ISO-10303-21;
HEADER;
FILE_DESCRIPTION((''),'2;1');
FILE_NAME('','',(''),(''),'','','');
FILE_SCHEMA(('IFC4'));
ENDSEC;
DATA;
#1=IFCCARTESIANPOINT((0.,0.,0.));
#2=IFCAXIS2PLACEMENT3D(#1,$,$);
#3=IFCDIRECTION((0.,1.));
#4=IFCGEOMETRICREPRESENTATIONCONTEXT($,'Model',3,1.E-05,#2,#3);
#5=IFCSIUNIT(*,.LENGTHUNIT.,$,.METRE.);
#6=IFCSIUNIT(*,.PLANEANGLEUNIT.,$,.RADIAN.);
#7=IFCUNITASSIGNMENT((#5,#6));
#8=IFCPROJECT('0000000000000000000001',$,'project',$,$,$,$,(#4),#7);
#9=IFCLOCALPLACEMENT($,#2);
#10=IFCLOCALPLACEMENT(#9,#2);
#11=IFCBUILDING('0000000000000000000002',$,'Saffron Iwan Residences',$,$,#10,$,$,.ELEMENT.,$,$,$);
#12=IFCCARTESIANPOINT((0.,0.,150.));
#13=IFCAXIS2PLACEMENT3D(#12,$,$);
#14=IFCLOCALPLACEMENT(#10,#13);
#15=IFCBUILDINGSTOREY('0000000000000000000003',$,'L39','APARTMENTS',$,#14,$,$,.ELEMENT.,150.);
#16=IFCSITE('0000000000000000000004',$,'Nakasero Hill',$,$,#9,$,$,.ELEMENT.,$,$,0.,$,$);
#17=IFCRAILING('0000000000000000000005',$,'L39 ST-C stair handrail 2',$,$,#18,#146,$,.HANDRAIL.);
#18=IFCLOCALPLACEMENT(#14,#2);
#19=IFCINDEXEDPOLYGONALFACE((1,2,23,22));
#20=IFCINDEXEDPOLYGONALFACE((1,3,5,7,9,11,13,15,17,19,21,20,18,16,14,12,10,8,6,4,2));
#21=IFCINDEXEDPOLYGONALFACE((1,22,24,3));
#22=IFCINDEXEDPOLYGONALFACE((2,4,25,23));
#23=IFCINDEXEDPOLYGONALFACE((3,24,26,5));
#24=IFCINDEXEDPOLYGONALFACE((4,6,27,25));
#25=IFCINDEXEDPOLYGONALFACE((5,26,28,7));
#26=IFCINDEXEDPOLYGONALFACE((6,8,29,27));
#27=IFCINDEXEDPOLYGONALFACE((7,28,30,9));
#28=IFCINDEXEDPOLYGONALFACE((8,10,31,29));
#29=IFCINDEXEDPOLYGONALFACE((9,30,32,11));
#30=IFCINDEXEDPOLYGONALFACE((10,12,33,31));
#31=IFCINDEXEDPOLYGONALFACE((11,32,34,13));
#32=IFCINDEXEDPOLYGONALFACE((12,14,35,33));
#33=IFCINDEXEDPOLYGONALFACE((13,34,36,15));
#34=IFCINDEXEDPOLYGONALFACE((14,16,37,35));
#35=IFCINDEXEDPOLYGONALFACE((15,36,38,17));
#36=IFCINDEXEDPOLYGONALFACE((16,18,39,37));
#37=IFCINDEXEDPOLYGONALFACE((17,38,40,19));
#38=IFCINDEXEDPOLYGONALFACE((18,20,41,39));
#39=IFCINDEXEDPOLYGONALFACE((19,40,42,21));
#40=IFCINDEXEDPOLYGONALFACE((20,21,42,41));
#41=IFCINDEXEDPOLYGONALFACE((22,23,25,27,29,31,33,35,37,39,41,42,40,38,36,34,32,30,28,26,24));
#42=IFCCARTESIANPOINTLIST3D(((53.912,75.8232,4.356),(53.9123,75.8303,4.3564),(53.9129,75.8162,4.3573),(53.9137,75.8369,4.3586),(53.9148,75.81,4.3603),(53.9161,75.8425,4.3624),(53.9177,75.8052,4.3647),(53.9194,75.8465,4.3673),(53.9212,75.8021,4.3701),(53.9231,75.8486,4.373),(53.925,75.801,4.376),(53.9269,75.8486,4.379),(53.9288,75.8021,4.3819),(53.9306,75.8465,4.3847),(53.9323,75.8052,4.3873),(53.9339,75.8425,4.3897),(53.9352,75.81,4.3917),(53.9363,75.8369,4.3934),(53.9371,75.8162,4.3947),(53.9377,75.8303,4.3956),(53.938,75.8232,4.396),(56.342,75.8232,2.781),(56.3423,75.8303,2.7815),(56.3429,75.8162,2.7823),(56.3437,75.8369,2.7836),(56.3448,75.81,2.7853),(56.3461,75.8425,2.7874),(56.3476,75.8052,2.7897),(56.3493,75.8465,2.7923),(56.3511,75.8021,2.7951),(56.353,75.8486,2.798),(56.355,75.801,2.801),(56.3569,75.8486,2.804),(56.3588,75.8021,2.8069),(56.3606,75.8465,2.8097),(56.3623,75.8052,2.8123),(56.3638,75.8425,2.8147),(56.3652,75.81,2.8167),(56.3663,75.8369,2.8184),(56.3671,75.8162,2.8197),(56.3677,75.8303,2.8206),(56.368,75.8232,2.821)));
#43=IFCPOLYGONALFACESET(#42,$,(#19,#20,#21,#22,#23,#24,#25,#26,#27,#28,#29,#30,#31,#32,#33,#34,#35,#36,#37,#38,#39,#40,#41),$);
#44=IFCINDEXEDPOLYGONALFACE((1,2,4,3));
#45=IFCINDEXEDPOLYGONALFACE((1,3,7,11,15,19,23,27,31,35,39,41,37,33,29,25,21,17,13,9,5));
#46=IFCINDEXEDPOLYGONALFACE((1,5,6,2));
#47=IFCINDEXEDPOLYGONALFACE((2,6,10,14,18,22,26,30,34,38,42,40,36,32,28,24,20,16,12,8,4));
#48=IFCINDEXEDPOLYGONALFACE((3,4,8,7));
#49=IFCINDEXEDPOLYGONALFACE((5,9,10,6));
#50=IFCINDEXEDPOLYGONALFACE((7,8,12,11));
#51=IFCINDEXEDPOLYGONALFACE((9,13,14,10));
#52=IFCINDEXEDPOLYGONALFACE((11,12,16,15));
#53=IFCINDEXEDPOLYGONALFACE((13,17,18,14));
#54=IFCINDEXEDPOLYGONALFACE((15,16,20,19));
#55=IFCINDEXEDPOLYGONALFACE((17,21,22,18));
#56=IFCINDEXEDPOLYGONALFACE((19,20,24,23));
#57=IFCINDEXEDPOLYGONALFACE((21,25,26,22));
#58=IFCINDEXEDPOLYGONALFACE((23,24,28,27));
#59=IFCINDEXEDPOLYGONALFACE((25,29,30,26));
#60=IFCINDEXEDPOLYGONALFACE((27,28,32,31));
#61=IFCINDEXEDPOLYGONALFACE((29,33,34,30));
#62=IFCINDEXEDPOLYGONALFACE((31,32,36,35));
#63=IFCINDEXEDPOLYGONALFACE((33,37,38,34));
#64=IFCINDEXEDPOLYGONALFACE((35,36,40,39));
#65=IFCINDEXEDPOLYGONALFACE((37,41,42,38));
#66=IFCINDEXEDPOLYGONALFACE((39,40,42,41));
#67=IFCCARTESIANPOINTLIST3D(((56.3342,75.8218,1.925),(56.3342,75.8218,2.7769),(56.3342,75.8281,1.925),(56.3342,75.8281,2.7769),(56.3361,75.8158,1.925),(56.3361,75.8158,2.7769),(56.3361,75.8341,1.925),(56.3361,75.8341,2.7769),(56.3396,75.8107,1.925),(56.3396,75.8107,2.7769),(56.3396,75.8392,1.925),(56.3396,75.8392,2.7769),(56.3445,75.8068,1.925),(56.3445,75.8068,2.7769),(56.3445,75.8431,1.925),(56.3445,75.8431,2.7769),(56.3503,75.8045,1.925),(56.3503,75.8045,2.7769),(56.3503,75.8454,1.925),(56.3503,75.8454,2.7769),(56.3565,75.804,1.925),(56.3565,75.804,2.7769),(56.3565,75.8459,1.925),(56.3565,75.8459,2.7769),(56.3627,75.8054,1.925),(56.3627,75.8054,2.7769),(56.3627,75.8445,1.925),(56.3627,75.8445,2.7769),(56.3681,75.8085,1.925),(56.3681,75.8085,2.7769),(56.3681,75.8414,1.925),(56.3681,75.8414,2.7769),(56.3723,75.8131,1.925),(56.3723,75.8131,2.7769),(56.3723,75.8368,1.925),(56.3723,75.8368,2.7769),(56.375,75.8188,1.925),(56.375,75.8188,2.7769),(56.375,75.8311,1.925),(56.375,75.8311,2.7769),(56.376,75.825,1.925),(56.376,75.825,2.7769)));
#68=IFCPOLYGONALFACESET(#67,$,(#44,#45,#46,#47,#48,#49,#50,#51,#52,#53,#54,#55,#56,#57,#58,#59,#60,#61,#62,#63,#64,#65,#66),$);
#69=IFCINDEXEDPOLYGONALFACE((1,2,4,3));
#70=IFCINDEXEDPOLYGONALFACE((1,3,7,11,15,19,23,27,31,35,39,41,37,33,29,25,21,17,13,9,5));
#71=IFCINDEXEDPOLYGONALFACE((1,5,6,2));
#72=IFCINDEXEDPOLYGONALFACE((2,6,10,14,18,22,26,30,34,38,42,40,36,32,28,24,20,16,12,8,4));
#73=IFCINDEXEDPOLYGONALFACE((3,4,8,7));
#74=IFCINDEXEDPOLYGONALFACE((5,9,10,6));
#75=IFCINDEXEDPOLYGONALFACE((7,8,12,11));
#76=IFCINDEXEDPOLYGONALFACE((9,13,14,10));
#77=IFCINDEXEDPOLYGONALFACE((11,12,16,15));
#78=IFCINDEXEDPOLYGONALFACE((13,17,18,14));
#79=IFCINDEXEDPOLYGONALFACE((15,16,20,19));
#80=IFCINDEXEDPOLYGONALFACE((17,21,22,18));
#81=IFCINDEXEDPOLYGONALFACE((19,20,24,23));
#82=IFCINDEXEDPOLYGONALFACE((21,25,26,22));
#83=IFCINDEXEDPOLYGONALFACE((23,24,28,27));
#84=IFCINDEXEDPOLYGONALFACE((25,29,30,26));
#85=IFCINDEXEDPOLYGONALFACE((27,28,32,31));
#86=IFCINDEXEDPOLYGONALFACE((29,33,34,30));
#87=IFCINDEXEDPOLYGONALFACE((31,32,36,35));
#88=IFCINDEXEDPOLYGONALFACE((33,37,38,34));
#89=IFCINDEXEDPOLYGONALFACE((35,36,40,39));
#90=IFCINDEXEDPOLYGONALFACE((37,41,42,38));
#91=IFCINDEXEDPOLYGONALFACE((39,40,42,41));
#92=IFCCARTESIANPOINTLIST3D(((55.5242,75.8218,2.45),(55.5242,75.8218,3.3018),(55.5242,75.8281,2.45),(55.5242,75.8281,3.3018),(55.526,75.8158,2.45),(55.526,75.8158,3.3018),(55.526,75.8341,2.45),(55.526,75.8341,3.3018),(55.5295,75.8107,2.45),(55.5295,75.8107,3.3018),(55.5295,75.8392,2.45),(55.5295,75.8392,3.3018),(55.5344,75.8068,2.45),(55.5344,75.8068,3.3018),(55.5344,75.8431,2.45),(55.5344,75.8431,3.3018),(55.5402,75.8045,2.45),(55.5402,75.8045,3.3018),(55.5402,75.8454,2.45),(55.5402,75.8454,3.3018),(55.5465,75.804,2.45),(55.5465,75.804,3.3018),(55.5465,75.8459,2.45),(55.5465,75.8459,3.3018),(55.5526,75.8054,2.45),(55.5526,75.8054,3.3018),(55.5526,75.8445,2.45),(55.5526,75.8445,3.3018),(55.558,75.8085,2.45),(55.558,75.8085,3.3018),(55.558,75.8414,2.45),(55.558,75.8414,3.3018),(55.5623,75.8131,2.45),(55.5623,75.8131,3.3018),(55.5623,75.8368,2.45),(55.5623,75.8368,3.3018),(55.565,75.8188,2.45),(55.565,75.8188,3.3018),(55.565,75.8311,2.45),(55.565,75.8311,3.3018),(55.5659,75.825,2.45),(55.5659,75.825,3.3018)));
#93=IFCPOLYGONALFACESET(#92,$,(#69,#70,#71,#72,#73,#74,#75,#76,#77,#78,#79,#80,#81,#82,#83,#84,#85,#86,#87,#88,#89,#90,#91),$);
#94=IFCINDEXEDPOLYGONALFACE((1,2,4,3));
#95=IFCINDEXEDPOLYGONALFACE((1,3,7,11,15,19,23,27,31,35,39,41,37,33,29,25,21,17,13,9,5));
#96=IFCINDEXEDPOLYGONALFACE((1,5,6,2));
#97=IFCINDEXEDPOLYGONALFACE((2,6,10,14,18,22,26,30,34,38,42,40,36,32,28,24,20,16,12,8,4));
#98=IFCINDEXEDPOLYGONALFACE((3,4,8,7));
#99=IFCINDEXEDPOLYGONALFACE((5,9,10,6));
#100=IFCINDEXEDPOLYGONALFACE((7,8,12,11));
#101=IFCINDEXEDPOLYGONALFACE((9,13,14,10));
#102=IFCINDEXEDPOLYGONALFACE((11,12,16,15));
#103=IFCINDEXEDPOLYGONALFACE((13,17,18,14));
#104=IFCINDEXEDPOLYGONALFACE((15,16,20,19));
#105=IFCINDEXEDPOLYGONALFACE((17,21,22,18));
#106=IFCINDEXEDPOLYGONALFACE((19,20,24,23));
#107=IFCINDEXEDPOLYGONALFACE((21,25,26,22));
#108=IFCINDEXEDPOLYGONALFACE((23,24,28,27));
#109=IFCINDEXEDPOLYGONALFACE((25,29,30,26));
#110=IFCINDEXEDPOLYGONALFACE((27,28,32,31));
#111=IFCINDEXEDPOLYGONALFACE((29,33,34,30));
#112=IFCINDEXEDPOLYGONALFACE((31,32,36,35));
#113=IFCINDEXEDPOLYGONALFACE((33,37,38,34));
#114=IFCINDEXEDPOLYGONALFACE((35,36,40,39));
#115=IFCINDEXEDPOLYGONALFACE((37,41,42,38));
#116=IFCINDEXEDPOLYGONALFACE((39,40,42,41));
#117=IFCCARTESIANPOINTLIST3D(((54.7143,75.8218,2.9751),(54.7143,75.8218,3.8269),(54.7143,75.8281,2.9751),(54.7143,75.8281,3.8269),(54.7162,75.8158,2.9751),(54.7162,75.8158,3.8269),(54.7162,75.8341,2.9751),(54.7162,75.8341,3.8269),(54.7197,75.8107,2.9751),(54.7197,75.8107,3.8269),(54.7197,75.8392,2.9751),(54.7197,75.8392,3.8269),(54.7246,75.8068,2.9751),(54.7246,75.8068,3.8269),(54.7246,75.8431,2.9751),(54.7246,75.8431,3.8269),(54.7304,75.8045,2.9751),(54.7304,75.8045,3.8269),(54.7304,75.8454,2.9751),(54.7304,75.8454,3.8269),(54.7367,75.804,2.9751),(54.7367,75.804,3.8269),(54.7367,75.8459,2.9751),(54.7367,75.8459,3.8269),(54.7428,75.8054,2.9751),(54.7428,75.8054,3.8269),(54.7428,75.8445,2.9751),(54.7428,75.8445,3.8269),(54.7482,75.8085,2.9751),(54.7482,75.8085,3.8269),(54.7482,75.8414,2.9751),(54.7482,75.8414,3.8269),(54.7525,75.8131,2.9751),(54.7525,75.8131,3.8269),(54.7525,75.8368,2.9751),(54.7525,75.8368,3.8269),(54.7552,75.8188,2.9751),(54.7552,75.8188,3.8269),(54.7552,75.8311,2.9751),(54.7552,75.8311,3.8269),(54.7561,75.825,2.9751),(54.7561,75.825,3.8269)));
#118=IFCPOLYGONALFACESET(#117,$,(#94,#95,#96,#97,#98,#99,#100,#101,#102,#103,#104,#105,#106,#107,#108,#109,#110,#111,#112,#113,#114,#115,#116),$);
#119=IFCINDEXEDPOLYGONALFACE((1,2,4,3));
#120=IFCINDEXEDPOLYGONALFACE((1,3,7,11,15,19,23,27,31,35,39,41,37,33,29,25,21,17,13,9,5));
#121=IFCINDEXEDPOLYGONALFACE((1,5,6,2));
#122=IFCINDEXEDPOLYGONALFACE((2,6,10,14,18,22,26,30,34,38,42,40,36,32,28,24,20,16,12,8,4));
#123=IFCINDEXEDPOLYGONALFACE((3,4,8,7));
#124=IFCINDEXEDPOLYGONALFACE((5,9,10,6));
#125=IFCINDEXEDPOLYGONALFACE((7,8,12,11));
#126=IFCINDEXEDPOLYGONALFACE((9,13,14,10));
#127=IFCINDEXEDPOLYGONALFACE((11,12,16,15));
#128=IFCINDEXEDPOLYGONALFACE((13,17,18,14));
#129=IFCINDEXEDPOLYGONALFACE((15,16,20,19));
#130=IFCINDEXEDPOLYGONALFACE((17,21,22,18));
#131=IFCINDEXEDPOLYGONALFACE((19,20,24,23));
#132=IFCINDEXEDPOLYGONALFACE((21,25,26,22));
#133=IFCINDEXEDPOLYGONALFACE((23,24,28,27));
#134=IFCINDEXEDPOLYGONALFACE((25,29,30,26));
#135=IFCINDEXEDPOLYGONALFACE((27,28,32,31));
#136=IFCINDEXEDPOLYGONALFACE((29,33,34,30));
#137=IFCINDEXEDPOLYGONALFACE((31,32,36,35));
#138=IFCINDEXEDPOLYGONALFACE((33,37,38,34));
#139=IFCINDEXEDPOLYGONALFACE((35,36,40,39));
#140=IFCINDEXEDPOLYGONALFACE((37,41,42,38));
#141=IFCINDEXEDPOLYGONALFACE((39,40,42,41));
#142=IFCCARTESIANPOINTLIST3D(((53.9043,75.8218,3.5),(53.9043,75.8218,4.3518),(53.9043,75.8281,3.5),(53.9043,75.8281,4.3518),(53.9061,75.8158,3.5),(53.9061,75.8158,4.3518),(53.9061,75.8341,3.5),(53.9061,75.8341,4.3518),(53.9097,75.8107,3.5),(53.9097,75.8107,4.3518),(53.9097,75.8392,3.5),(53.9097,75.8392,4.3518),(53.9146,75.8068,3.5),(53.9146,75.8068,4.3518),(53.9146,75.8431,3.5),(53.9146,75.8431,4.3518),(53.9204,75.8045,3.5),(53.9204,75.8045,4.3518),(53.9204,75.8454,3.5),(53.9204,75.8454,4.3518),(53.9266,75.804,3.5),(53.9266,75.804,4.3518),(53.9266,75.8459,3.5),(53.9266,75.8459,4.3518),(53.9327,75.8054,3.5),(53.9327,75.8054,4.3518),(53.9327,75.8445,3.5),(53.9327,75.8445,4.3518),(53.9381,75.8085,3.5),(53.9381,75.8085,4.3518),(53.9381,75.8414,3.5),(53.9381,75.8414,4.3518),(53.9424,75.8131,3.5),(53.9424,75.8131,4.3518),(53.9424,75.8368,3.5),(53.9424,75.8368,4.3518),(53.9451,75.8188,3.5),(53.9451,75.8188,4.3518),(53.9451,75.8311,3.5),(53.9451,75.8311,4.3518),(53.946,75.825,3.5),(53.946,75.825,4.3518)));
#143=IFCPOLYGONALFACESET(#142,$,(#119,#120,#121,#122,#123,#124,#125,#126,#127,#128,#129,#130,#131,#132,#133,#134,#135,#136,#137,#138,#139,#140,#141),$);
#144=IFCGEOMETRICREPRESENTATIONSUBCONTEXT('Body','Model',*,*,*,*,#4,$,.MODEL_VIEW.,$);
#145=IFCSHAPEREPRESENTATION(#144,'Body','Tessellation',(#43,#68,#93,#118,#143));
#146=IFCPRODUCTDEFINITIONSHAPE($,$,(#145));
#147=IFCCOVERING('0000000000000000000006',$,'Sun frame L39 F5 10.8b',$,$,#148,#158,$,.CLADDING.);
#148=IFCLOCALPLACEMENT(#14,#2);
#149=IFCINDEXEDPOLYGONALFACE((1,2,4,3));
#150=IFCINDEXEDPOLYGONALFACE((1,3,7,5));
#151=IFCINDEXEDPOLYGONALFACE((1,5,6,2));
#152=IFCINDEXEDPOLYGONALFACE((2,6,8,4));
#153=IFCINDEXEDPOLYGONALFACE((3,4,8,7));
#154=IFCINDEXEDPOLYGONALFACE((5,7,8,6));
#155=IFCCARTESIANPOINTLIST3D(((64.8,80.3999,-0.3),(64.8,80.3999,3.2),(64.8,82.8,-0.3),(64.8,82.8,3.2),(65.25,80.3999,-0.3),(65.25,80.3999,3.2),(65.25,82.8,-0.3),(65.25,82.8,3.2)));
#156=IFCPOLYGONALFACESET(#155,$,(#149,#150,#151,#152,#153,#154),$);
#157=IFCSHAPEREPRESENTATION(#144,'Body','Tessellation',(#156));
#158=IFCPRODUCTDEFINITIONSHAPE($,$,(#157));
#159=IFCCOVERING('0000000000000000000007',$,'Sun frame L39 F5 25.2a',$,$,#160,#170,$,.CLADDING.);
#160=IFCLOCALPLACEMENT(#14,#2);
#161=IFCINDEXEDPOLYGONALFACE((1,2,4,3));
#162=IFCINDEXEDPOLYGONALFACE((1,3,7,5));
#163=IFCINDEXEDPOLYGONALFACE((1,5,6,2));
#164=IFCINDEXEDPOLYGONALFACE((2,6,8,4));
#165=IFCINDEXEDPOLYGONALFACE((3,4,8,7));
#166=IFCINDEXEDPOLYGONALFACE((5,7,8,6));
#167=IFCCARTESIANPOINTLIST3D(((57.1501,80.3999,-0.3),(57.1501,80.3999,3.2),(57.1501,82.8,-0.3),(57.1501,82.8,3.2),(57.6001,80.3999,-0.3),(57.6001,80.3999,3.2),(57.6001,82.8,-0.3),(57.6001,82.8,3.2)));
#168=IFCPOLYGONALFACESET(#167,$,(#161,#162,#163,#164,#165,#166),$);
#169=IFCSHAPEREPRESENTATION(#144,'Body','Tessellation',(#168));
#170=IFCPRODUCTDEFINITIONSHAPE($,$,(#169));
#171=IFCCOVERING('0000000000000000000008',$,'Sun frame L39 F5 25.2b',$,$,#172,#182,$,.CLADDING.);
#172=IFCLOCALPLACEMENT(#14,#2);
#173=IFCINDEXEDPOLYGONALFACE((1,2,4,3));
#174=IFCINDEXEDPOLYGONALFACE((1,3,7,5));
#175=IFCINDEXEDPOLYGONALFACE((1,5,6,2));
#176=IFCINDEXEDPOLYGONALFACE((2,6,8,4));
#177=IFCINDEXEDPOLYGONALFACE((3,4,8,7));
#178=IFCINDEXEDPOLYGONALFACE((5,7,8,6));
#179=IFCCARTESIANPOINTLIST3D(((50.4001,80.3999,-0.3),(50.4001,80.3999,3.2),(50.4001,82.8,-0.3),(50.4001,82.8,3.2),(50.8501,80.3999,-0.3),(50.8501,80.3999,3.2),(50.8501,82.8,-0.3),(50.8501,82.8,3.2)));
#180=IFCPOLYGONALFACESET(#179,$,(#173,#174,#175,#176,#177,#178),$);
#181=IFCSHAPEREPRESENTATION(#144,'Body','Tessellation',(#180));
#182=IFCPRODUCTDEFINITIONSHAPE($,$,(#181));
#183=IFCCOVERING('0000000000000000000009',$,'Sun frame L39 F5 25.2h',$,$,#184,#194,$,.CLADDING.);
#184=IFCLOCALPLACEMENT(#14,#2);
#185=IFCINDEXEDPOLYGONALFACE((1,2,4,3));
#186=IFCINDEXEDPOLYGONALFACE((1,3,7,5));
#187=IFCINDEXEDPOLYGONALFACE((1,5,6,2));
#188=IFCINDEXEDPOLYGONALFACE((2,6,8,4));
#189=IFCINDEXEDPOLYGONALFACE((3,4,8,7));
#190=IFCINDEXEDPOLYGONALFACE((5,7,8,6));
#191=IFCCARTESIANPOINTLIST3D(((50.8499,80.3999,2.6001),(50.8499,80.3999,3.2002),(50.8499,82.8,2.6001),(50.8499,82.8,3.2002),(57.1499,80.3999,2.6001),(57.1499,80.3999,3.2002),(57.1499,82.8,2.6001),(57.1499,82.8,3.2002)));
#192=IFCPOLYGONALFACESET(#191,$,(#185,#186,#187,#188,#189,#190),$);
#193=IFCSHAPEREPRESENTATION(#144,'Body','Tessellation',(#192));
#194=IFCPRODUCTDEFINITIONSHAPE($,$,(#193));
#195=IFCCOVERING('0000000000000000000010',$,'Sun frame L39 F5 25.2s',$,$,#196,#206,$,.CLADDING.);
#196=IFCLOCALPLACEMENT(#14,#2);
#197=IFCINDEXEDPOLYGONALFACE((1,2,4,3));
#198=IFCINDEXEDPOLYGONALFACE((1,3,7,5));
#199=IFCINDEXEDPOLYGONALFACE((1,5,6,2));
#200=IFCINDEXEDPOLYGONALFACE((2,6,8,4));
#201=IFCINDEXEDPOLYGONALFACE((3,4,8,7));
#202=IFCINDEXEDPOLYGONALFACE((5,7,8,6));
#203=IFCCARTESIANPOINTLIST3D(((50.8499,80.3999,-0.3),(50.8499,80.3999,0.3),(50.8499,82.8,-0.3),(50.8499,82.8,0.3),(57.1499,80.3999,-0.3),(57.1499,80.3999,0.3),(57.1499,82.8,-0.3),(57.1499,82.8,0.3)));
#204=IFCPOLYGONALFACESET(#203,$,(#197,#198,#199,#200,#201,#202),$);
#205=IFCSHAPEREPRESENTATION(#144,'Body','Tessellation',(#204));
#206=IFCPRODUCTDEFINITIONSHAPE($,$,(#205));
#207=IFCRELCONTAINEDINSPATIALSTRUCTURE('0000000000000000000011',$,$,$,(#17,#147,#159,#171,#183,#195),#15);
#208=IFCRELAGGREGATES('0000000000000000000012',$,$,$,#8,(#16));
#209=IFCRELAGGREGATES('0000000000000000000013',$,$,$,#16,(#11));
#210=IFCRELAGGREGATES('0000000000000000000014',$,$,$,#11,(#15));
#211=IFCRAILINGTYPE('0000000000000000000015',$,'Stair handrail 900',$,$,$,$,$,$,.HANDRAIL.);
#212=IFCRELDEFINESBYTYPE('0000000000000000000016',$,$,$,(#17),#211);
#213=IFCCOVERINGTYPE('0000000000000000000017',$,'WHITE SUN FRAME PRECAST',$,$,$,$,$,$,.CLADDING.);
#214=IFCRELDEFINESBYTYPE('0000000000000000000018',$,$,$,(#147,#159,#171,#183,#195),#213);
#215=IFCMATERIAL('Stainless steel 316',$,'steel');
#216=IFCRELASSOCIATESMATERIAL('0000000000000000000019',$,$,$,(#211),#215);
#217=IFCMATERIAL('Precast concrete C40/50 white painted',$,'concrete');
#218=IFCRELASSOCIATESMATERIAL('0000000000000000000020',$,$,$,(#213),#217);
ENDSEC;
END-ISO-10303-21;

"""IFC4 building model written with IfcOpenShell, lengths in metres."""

from ifc_helpers import new_model, si_unit, direction, frame, origin, origin_2d, place, context, subcontext, project, spatial, polyline, circle, outline, extrude, material, type_object, element, save


model = new_model("IFC4")

# Units and contexts
model_context = context("Model", 3, precision=1e-05, world=origin(), true_north=direction((0.0, 1.0)))
body_context = subcontext(model_context, "Body", "Model", "MODEL_VIEW")
ifc_project = project(units=[si_unit("LENGTHUNIT", "METRE"), si_unit("PLANEANGLEUNIT", "RADIAN")], contexts=[model_context])

# Site, building, storey
site_placement = place(None, origin())
site = spatial("IfcSite", under=ifc_project, at=site_placement, Name="Nakasero Hill", CompositionType="ELEMENT", RefElevation=0.0)
building_placement = place(site_placement, origin())
building = spatial("IfcBuilding", under=site, at=building_placement, Name="Saffron Iwan Residences", CompositionType="ELEMENT")
storey_placement = place(building_placement, frame((0.0, 0.0, 150.0)))
storey = spatial("IfcBuildingStorey", under=building, at=storey_placement, Name="L39", Description="APARTMENTS", CompositionType="ELEMENT", Elevation=150.0)

# Railing
ifc_material_1 = material(Name="Stainless steel 316", Category="steel")
railing_type_1 = type_object("IfcRailingType", Name="Stair handrail 900", PredefinedType="HANDRAIL", material=ifc_material_1)
railing_1_placement = place(storey_placement, frame((56.355, 75.825, 1.925)))
element("IfcRailing", 1, at=railing_1_placement, inside=storey, type_object=railing_type_1, Name="L39 ST-C stair handrail 2", PredefinedType="HANDRAIL", context=body_context, shape_type="SweptSolid", body=[
    extrude(circle(Radius=0.0239, at=origin_2d()), frame((0.0, 0.0, 0.876), z_axis=(-0.839154, 0.0, 0.543894), x_axis=(0.0, -1.0, 0.0)), (0.0, 0.0, 1.0), 2.8958),
    extrude(circle(Radius=0.021, at=origin_2d()), origin(), (0.0, 0.0, 1.0), 0.8518),
    extrude(circle(Radius=0.021, at=origin_2d()), frame((-0.8101, 0.0, 0.5249)), (0.0, 0.0, 1.0), 0.8518),
    extrude(circle(Radius=0.021, at=origin_2d()), frame((-1.6199, 0.0, 1.05)), (0.0, 0.0, 1.0), 0.8518),
    extrude(circle(Radius=0.021, at=origin_2d()), frame((-2.4299, 0.0, 1.575)), (0.0, 0.0, 1.0), 0.8518),
])

# Coverings
ifc_material_2 = material(Name="Precast concrete C40/50 white painted", Category="concrete")
covering_type_1 = type_object("IfcCoveringType", Name="WHITE SUN FRAME PRECAST", PredefinedType="CLADDING", material=ifc_material_2)
for number, where, z_axis, x_axis, name in (
    (2, (65.25, 80.3999, -0.3), (0.0, 1.0, 0.0), (-1.0, 0.0, 0.0), "Sun frame L39 F5 10.8b"),
    (3, (57.6001, 80.3999, -0.3), (0.0, 1.0, 0.0), (-1.0, 0.0, 0.0), "Sun frame L39 F5 25.2a"),
    (4, (50.8501, 80.3999, -0.3), (0.0, 1.0, 0.0), (-1.0, 0.0, 0.0), "Sun frame L39 F5 25.2b"),
):
    element("IfcCovering", number, at=place(storey_placement, frame(where, z_axis=z_axis, x_axis=x_axis)), inside=storey, type_object=covering_type_1, Name=name, PredefinedType="CLADDING", context=body_context, shape_type="SweptSolid", body=[
        extrude(outline(polyline([(0.0, 0.0), (0.45, 0.0), (0.45, 3.5), (0.0, 3.5), (0.0, 0.0)])), origin(), (0.0, 0.0, 1.0), 2.4001),
    ])
for number, where, z_axis, x_axis, name in (
    (5, (57.1499, 80.3999, 2.6001), (0.0, 1.0, 0.0), (-1.0, 0.0, 0.0), "Sun frame L39 F5 25.2h"),
    (6, (57.1499, 80.3999, -0.3), (0.0, 1.0, 0.0), (-1.0, 0.0, 0.0), "Sun frame L39 F5 25.2s"),
):
    element("IfcCovering", number, at=place(storey_placement, frame(where, z_axis=z_axis, x_axis=x_axis)), inside=storey, type_object=covering_type_1, Name=name, PredefinedType="CLADDING", context=body_context, shape_type="SweptSolid", body=[
        extrude(outline(polyline([(0.0, 0.0), (6.3, 0.0), (6.3, 0.6001), (0.0, 0.6001), (0.0, 0.0)])), origin(), (0.0, 0.0, 1.0), 2.4001),
    ])

save(model, "model.ifc")
